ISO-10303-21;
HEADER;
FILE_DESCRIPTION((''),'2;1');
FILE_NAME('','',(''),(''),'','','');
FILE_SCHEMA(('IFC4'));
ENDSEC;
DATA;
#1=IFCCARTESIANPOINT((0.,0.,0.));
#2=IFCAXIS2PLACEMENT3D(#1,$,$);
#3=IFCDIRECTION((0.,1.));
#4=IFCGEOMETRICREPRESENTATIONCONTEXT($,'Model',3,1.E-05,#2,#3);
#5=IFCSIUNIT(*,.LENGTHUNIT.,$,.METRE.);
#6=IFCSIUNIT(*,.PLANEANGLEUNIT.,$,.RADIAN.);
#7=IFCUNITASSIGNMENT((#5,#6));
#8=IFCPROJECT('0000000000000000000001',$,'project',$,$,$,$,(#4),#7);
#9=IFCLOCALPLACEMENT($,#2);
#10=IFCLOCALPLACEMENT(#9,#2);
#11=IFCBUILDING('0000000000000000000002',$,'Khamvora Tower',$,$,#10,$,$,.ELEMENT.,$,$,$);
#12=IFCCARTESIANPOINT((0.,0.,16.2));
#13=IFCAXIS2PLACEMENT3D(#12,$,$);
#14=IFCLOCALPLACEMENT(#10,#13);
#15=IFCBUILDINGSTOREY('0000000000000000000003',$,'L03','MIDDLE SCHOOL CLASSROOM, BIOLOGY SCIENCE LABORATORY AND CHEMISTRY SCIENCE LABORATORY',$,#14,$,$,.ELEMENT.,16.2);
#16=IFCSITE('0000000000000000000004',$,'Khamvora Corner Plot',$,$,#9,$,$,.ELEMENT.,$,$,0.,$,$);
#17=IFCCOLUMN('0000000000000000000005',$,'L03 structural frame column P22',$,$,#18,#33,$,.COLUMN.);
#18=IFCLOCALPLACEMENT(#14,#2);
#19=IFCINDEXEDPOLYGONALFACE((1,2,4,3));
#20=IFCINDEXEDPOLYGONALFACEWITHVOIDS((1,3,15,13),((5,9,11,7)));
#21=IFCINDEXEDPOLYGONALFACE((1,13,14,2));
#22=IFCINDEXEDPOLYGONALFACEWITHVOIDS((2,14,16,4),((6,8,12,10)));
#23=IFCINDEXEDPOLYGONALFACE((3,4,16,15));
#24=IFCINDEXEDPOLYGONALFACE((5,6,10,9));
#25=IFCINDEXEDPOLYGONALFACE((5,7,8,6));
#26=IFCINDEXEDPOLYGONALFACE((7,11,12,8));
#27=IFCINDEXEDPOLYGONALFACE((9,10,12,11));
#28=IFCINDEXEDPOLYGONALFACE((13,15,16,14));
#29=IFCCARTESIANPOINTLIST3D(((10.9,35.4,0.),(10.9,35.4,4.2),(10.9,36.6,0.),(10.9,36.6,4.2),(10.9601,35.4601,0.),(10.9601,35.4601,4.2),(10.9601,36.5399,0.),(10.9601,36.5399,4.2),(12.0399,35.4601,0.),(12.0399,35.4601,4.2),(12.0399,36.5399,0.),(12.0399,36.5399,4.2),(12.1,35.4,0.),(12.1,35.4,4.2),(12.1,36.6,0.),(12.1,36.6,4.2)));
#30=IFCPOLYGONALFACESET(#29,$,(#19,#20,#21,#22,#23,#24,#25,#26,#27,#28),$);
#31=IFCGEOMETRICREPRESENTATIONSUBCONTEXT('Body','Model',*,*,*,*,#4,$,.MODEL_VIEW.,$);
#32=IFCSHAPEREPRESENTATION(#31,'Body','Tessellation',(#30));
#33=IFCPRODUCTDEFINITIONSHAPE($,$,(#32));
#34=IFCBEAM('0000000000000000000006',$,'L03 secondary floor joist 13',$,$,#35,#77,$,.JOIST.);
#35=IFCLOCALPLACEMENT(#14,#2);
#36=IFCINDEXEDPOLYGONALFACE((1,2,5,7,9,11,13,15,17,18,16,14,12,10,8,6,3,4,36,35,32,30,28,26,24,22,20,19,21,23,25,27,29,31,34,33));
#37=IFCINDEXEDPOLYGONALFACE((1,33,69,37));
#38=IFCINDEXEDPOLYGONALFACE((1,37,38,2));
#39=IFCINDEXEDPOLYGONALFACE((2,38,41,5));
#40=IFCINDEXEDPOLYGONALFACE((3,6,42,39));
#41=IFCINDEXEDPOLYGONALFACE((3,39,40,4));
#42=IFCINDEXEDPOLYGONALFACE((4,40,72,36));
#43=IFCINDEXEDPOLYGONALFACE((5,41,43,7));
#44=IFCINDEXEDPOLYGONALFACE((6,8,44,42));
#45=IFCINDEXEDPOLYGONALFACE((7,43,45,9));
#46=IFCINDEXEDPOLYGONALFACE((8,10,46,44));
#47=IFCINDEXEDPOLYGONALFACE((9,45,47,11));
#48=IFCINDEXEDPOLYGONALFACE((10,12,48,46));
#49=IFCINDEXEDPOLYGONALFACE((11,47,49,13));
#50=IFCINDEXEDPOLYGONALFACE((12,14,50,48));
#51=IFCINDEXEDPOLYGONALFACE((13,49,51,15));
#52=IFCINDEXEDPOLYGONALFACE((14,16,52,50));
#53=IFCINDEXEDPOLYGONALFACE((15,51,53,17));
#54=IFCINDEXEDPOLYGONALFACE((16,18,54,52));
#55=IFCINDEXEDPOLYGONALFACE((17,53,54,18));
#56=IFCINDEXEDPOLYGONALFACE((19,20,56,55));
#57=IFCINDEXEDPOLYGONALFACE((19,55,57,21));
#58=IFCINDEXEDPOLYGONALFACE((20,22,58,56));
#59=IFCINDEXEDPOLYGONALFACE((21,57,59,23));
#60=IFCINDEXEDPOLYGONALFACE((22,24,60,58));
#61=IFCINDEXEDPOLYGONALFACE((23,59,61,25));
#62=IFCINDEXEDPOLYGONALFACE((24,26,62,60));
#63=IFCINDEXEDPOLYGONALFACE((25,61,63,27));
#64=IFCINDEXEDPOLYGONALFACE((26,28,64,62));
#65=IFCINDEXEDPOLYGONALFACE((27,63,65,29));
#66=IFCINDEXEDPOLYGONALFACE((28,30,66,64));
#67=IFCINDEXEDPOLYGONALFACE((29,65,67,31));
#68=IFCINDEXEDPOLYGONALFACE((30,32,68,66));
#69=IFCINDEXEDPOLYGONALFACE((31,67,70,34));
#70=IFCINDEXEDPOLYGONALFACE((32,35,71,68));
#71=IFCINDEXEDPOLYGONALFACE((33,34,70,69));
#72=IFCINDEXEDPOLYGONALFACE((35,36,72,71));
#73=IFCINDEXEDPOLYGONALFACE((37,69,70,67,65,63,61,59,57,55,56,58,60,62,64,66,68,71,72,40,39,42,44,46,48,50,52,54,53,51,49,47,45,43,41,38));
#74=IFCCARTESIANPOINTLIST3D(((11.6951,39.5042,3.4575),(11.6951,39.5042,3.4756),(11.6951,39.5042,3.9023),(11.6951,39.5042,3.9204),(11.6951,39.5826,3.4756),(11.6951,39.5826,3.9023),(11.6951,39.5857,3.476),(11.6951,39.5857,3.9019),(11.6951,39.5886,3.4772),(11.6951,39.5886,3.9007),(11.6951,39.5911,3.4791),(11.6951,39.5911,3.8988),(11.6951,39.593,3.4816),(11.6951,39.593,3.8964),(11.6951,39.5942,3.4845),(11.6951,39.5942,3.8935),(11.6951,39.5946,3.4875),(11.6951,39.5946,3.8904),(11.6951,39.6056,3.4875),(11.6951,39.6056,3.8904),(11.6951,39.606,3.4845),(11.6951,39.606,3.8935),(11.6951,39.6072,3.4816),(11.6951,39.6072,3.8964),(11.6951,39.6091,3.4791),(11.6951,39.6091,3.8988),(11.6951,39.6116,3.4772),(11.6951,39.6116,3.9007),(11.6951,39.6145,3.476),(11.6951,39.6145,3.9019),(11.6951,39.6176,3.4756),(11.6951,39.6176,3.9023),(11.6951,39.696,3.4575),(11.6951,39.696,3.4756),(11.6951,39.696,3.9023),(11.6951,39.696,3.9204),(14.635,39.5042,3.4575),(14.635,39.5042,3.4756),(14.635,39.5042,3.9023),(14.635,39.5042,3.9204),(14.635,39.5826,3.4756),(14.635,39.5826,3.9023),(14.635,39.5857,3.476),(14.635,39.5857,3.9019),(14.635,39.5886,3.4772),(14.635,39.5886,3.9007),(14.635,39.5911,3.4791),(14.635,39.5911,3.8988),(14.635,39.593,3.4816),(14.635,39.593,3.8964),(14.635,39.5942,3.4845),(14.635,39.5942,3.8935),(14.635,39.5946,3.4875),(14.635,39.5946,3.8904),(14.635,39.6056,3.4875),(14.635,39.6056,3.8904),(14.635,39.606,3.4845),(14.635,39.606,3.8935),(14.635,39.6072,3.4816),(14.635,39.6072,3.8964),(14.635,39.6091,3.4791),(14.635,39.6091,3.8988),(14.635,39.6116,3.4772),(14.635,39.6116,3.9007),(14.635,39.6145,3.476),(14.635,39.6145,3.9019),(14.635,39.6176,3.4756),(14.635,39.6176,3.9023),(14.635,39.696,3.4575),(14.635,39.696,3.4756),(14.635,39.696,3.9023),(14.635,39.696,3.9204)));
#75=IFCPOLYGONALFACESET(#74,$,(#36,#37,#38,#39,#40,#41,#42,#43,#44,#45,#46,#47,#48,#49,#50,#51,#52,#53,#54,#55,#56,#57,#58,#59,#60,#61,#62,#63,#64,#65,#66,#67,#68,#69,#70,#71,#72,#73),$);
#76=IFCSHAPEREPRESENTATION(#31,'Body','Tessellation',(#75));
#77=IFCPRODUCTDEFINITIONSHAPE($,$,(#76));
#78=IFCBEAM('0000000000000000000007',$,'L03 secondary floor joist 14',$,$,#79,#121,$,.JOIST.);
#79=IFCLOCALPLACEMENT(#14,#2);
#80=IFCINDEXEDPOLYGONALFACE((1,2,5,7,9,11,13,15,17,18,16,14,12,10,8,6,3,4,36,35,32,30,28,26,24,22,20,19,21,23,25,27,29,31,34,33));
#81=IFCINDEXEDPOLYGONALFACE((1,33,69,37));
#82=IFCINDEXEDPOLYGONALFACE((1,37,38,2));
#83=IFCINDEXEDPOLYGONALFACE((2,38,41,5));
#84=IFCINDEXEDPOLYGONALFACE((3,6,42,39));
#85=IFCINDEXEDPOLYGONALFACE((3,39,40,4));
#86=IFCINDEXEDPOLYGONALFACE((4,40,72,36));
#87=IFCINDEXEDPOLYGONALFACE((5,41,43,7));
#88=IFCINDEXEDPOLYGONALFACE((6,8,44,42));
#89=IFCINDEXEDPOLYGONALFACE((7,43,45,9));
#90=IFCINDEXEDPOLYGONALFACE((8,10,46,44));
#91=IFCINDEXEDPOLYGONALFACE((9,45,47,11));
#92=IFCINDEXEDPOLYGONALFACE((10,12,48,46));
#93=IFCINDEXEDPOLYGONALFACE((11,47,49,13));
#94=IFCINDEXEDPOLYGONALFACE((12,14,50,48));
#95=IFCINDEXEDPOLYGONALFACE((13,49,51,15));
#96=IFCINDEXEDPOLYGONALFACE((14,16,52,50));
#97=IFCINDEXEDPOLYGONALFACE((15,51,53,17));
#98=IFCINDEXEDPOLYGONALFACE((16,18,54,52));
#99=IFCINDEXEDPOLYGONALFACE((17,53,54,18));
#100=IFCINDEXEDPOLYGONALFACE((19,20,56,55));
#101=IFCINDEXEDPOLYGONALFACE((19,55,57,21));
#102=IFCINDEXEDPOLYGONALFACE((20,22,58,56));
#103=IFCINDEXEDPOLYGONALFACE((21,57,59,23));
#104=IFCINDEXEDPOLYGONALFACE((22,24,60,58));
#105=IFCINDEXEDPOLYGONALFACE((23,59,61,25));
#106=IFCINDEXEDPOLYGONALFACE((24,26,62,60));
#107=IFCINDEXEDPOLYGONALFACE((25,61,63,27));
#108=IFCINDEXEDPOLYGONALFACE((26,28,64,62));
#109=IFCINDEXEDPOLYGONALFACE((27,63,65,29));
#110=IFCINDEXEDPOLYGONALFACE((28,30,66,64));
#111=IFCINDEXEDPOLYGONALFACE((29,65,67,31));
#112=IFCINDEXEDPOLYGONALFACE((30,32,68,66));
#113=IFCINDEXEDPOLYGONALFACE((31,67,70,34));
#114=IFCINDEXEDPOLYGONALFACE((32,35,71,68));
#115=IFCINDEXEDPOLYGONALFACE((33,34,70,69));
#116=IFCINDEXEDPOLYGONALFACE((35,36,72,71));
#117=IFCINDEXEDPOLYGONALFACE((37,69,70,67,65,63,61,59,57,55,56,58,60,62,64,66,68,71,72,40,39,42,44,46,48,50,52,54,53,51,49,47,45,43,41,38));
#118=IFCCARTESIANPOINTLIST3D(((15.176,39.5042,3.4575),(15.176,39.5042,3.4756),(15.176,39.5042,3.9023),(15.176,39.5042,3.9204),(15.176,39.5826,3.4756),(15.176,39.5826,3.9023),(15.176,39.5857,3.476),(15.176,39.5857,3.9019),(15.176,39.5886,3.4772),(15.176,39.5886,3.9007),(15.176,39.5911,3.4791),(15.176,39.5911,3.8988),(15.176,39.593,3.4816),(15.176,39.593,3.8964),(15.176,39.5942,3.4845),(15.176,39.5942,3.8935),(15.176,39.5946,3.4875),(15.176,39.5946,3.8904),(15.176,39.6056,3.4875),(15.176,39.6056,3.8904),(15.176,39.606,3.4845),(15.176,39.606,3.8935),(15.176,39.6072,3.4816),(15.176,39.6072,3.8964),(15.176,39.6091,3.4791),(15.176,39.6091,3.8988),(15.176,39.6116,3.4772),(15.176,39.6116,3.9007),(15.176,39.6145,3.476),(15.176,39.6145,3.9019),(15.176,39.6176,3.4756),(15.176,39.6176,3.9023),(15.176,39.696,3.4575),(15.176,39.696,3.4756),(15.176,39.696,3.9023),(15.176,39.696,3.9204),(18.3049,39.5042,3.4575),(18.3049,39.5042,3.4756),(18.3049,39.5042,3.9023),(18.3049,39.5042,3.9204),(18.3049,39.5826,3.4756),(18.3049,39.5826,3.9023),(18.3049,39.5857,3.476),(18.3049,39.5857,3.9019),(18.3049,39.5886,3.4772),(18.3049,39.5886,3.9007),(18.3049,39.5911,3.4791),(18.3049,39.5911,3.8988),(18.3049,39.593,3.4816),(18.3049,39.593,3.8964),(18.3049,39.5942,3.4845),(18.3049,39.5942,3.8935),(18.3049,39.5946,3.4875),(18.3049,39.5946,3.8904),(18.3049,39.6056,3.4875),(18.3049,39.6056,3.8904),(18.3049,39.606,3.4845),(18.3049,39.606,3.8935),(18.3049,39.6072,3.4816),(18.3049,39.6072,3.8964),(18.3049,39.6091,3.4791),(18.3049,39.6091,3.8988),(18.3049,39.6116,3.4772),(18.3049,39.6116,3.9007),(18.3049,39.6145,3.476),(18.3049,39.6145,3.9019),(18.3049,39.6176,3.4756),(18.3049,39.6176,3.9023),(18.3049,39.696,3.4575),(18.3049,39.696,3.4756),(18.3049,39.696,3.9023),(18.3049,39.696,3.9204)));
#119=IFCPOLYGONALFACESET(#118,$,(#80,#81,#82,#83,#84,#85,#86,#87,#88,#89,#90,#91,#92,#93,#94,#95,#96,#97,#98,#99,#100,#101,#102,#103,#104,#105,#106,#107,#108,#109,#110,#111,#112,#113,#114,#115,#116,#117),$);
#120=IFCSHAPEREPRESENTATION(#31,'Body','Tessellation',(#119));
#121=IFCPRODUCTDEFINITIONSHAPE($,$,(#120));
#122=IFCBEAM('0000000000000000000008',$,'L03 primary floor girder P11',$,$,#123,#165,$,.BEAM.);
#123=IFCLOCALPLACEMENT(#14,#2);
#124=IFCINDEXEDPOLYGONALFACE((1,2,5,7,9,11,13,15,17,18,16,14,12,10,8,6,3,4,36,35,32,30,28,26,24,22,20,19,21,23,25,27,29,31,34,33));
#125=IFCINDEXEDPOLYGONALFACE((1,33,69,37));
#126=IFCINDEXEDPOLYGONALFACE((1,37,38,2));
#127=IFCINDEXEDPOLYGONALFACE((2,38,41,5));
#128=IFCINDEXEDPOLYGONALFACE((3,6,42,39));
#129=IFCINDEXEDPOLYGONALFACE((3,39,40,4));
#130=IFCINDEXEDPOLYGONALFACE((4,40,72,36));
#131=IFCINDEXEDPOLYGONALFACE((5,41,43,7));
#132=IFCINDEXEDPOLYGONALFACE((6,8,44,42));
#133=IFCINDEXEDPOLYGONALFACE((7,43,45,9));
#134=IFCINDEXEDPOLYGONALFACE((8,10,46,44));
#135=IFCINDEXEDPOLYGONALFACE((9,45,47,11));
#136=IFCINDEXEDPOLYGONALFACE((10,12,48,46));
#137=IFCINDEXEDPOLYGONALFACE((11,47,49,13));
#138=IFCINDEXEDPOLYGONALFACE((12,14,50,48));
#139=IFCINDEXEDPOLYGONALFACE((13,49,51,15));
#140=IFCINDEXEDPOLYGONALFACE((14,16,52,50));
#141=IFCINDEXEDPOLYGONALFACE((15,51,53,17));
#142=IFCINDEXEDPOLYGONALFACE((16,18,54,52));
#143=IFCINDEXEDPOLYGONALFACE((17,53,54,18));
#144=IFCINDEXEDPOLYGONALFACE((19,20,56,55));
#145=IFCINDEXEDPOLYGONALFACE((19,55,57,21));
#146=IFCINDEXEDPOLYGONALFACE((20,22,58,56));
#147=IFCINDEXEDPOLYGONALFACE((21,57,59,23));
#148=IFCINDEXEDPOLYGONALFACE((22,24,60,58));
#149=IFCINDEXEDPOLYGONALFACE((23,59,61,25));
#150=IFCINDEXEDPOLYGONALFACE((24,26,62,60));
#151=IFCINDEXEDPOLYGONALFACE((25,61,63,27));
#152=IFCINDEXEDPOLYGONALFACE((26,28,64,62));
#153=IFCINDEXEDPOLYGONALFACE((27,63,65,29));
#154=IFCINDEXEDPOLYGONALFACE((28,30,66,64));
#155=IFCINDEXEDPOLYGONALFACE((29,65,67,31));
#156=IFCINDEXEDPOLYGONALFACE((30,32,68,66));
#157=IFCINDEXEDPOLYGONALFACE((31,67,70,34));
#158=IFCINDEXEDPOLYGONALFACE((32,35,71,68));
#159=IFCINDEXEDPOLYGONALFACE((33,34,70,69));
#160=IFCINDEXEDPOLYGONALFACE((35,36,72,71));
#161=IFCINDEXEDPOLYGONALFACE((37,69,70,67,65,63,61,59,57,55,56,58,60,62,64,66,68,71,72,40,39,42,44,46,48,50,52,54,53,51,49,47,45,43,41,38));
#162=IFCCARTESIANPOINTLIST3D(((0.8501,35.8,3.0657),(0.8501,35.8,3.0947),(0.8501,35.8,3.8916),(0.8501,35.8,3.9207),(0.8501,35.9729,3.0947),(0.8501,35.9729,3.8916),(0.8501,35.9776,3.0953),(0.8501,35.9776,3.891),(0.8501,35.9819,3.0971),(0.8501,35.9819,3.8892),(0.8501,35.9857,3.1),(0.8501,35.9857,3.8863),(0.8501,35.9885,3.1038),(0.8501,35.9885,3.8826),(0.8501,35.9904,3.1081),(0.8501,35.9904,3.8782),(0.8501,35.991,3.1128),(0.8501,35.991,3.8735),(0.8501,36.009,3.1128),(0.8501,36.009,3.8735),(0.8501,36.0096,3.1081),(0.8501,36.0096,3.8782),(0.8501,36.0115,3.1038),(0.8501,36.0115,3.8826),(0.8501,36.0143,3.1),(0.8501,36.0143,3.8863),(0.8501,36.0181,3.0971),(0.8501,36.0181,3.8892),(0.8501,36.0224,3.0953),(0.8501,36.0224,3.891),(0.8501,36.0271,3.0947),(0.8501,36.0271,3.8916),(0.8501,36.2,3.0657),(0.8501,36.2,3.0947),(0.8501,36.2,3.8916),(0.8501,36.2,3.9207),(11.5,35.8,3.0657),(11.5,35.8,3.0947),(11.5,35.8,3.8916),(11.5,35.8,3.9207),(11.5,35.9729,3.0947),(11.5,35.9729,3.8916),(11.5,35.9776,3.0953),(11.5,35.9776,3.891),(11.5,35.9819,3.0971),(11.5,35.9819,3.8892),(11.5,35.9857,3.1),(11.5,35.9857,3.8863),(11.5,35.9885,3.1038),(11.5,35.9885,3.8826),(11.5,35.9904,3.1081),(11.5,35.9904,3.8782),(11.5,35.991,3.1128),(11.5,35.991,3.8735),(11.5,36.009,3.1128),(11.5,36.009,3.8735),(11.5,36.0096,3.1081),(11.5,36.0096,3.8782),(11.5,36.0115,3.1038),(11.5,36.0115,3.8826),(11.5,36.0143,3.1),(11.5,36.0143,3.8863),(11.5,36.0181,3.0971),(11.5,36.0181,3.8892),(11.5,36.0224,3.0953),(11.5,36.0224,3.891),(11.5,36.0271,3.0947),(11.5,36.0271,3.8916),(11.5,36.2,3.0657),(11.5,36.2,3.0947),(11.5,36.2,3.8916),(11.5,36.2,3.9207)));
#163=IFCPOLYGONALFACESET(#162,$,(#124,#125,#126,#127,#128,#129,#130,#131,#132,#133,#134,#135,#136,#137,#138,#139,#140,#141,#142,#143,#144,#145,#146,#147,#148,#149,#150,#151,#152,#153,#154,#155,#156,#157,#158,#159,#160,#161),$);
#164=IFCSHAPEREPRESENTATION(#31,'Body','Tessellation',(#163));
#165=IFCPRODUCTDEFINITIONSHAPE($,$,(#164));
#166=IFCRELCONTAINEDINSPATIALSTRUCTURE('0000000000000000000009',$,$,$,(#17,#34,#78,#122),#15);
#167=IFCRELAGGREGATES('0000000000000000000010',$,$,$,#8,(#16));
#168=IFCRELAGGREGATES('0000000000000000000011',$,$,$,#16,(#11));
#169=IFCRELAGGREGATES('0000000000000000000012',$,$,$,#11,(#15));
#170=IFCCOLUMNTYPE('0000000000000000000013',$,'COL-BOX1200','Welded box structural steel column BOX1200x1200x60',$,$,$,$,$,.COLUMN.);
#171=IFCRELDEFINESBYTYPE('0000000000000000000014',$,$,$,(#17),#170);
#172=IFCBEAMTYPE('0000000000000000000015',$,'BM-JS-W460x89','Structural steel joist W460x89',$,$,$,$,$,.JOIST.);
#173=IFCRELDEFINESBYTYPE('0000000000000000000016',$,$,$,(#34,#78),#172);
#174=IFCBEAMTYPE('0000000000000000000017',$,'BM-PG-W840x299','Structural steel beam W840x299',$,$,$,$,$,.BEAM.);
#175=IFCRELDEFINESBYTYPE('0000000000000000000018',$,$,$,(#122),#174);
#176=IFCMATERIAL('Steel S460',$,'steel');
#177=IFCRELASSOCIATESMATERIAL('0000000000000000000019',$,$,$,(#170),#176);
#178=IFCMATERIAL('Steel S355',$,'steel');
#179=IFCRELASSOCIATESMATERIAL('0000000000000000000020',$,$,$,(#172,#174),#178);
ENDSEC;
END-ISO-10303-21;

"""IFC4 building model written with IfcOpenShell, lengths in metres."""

from ifc_helpers import new_model, si_unit, direction, frame, origin, origin_2d, place, context, subcontext, project, spatial, hollow_rectangle, i_section, extrude, material, material_profile, profile_set, type_object, element, save


model = new_model("IFC4")

# Units and contexts
model_context = context("Model", 3, precision=1e-05, world=origin(), true_north=direction((0.0, 1.0)))
body_context = subcontext(model_context, "Body", "Model", "MODEL_VIEW")
ifc_project = project(units=[si_unit("LENGTHUNIT", "METRE"), si_unit("PLANEANGLEUNIT", "RADIAN")], contexts=[model_context])

# Site, building, storey
site_placement = place(None, origin())
site = spatial("IfcSite", under=ifc_project, at=site_placement, Name="Khamvora Corner Plot", CompositionType="ELEMENT", RefElevation=0.0)
building_placement = place(site_placement, origin())
building = spatial("IfcBuilding", under=site, at=building_placement, Name="Khamvora Tower", CompositionType="ELEMENT")
storey_placement = place(building_placement, frame((0.0, 0.0, 16.2)))
storey = spatial("IfcBuildingStorey", under=building, at=storey_placement, Name="L03", Description="MIDDLE SCHOOL CLASSROOM, BIOLOGY SCIENCE LABORATORY AND CHEMISTRY SCIENCE LABORATORY", CompositionType="ELEMENT", Elevation=16.2)

# Column
ifc_material_1 = material(Name="Steel S460", Category="steel")
ifc_material_profile_1 = material_profile(ifc_material_1, hollow_rectangle(XDim=1.2, YDim=1.2, WallThickness=0.0601, at=origin_2d()), Name="BOX1200x1200x60")
ifc_profile_set_1 = profile_set([ifc_material_profile_1], Name="Steel S460")
column_type = type_object("IfcColumnType", Name="COL-BOX1200", Description="Welded box structural steel column BOX1200x1200x60", PredefinedType="COLUMN", material=ifc_profile_set_1)
column_placement = place(storey_placement, frame((11.5, 36.0, 0.0), z_axis=(0.0, 0.0, 1.0), x_axis=(1.0, 0.0, 0.0)))
element("IfcColumn", 1, at=column_placement, inside=storey, type_object=column_type, Name="L03 structural frame column P22", PredefinedType="COLUMN", context=body_context, shape_type="SweptSolid", body=[
    extrude(hollow_rectangle(XDim=1.2, YDim=1.2, WallThickness=0.0601, at=origin_2d()), origin(), (0.0, 0.0, 1.0), 4.2),
])

# Beams
ifc_material_2 = material(Name="Steel S355", Category="steel")
ifc_material_profile_2 = material_profile(ifc_material_2, i_section(OverallWidth=0.1919, OverallDepth=0.4629, WebThickness=0.011, FlangeThickness=0.0181, FilletRadius=0.012, at=origin_2d()), Name="W460x89")
ifc_profile_set_2 = profile_set([ifc_material_profile_2], Name="Steel S355")
beam_type_1 = type_object("IfcBeamType", Name="BM-JS-W460x89", Description="Structural steel joist W460x89", PredefinedType="JOIST", material=ifc_profile_set_2)
beam_1_placement = place(storey_placement, frame((11.6951, 39.6001, 3.689), z_axis=(1.0, 0.0, 0.0), x_axis=(0.0, 1.0, 0.0)))
element("IfcBeam", 2, at=beam_1_placement, inside=storey, type_object=beam_type_1, Name="L03 secondary floor joist 13", PredefinedType="JOIST", context=body_context, shape_type="SweptSolid", body=[
    extrude(i_section(OverallWidth=0.1919, OverallDepth=0.4629, WebThickness=0.011, FlangeThickness=0.0181, FilletRadius=0.012, at=origin_2d()), origin(), (0.0, 0.0, 1.0), 2.9399),
])
beam_2_placement = place(storey_placement, frame((15.176, 39.6001, 3.689), z_axis=(1.0, 0.0, 0.0), x_axis=(0.0, 1.0, 0.0)))
element("IfcBeam", 3, at=beam_2_placement, inside=storey, type_object=beam_type_1, Name="L03 secondary floor joist 14", PredefinedType="JOIST", context=body_context, shape_type="SweptSolid", body=[
    extrude(i_section(OverallWidth=0.1919, OverallDepth=0.4629, WebThickness=0.011, FlangeThickness=0.0181, FilletRadius=0.012, at=origin_2d()), origin(), (0.0, 0.0, 1.0), 3.1289),
])
ifc_material_profile_3 = material_profile(ifc_material_2, i_section(OverallWidth=0.3999, OverallDepth=0.855, WebThickness=0.0181, FlangeThickness=0.0291, FilletRadius=0.0181, at=origin_2d()), Name="W840x299")
ifc_profile_set_3 = profile_set([ifc_material_profile_3], Name="Steel S355")
beam_type_2 = type_object("IfcBeamType", Name="BM-PG-W840x299", Description="Structural steel beam W840x299", PredefinedType="BEAM", material=ifc_profile_set_3)
beam_3_placement = place(storey_placement, frame((11.5, 36.0, 3.4932), z_axis=(-1.0, 0.0, 0.0), x_axis=(0.0, -1.0, 0.0)))
element("IfcBeam", 4, at=beam_3_placement, inside=storey, type_object=beam_type_2, Name="L03 primary floor girder P11", PredefinedType="BEAM", context=body_context, shape_type="SweptSolid", body=[
    extrude(i_section(OverallWidth=0.3999, OverallDepth=0.855, WebThickness=0.0181, FlangeThickness=0.0291, FilletRadius=0.0181, at=origin_2d()), origin(), (0.0, 0.0, 1.0), 10.6499),
])

save(model, "model.ifc")
